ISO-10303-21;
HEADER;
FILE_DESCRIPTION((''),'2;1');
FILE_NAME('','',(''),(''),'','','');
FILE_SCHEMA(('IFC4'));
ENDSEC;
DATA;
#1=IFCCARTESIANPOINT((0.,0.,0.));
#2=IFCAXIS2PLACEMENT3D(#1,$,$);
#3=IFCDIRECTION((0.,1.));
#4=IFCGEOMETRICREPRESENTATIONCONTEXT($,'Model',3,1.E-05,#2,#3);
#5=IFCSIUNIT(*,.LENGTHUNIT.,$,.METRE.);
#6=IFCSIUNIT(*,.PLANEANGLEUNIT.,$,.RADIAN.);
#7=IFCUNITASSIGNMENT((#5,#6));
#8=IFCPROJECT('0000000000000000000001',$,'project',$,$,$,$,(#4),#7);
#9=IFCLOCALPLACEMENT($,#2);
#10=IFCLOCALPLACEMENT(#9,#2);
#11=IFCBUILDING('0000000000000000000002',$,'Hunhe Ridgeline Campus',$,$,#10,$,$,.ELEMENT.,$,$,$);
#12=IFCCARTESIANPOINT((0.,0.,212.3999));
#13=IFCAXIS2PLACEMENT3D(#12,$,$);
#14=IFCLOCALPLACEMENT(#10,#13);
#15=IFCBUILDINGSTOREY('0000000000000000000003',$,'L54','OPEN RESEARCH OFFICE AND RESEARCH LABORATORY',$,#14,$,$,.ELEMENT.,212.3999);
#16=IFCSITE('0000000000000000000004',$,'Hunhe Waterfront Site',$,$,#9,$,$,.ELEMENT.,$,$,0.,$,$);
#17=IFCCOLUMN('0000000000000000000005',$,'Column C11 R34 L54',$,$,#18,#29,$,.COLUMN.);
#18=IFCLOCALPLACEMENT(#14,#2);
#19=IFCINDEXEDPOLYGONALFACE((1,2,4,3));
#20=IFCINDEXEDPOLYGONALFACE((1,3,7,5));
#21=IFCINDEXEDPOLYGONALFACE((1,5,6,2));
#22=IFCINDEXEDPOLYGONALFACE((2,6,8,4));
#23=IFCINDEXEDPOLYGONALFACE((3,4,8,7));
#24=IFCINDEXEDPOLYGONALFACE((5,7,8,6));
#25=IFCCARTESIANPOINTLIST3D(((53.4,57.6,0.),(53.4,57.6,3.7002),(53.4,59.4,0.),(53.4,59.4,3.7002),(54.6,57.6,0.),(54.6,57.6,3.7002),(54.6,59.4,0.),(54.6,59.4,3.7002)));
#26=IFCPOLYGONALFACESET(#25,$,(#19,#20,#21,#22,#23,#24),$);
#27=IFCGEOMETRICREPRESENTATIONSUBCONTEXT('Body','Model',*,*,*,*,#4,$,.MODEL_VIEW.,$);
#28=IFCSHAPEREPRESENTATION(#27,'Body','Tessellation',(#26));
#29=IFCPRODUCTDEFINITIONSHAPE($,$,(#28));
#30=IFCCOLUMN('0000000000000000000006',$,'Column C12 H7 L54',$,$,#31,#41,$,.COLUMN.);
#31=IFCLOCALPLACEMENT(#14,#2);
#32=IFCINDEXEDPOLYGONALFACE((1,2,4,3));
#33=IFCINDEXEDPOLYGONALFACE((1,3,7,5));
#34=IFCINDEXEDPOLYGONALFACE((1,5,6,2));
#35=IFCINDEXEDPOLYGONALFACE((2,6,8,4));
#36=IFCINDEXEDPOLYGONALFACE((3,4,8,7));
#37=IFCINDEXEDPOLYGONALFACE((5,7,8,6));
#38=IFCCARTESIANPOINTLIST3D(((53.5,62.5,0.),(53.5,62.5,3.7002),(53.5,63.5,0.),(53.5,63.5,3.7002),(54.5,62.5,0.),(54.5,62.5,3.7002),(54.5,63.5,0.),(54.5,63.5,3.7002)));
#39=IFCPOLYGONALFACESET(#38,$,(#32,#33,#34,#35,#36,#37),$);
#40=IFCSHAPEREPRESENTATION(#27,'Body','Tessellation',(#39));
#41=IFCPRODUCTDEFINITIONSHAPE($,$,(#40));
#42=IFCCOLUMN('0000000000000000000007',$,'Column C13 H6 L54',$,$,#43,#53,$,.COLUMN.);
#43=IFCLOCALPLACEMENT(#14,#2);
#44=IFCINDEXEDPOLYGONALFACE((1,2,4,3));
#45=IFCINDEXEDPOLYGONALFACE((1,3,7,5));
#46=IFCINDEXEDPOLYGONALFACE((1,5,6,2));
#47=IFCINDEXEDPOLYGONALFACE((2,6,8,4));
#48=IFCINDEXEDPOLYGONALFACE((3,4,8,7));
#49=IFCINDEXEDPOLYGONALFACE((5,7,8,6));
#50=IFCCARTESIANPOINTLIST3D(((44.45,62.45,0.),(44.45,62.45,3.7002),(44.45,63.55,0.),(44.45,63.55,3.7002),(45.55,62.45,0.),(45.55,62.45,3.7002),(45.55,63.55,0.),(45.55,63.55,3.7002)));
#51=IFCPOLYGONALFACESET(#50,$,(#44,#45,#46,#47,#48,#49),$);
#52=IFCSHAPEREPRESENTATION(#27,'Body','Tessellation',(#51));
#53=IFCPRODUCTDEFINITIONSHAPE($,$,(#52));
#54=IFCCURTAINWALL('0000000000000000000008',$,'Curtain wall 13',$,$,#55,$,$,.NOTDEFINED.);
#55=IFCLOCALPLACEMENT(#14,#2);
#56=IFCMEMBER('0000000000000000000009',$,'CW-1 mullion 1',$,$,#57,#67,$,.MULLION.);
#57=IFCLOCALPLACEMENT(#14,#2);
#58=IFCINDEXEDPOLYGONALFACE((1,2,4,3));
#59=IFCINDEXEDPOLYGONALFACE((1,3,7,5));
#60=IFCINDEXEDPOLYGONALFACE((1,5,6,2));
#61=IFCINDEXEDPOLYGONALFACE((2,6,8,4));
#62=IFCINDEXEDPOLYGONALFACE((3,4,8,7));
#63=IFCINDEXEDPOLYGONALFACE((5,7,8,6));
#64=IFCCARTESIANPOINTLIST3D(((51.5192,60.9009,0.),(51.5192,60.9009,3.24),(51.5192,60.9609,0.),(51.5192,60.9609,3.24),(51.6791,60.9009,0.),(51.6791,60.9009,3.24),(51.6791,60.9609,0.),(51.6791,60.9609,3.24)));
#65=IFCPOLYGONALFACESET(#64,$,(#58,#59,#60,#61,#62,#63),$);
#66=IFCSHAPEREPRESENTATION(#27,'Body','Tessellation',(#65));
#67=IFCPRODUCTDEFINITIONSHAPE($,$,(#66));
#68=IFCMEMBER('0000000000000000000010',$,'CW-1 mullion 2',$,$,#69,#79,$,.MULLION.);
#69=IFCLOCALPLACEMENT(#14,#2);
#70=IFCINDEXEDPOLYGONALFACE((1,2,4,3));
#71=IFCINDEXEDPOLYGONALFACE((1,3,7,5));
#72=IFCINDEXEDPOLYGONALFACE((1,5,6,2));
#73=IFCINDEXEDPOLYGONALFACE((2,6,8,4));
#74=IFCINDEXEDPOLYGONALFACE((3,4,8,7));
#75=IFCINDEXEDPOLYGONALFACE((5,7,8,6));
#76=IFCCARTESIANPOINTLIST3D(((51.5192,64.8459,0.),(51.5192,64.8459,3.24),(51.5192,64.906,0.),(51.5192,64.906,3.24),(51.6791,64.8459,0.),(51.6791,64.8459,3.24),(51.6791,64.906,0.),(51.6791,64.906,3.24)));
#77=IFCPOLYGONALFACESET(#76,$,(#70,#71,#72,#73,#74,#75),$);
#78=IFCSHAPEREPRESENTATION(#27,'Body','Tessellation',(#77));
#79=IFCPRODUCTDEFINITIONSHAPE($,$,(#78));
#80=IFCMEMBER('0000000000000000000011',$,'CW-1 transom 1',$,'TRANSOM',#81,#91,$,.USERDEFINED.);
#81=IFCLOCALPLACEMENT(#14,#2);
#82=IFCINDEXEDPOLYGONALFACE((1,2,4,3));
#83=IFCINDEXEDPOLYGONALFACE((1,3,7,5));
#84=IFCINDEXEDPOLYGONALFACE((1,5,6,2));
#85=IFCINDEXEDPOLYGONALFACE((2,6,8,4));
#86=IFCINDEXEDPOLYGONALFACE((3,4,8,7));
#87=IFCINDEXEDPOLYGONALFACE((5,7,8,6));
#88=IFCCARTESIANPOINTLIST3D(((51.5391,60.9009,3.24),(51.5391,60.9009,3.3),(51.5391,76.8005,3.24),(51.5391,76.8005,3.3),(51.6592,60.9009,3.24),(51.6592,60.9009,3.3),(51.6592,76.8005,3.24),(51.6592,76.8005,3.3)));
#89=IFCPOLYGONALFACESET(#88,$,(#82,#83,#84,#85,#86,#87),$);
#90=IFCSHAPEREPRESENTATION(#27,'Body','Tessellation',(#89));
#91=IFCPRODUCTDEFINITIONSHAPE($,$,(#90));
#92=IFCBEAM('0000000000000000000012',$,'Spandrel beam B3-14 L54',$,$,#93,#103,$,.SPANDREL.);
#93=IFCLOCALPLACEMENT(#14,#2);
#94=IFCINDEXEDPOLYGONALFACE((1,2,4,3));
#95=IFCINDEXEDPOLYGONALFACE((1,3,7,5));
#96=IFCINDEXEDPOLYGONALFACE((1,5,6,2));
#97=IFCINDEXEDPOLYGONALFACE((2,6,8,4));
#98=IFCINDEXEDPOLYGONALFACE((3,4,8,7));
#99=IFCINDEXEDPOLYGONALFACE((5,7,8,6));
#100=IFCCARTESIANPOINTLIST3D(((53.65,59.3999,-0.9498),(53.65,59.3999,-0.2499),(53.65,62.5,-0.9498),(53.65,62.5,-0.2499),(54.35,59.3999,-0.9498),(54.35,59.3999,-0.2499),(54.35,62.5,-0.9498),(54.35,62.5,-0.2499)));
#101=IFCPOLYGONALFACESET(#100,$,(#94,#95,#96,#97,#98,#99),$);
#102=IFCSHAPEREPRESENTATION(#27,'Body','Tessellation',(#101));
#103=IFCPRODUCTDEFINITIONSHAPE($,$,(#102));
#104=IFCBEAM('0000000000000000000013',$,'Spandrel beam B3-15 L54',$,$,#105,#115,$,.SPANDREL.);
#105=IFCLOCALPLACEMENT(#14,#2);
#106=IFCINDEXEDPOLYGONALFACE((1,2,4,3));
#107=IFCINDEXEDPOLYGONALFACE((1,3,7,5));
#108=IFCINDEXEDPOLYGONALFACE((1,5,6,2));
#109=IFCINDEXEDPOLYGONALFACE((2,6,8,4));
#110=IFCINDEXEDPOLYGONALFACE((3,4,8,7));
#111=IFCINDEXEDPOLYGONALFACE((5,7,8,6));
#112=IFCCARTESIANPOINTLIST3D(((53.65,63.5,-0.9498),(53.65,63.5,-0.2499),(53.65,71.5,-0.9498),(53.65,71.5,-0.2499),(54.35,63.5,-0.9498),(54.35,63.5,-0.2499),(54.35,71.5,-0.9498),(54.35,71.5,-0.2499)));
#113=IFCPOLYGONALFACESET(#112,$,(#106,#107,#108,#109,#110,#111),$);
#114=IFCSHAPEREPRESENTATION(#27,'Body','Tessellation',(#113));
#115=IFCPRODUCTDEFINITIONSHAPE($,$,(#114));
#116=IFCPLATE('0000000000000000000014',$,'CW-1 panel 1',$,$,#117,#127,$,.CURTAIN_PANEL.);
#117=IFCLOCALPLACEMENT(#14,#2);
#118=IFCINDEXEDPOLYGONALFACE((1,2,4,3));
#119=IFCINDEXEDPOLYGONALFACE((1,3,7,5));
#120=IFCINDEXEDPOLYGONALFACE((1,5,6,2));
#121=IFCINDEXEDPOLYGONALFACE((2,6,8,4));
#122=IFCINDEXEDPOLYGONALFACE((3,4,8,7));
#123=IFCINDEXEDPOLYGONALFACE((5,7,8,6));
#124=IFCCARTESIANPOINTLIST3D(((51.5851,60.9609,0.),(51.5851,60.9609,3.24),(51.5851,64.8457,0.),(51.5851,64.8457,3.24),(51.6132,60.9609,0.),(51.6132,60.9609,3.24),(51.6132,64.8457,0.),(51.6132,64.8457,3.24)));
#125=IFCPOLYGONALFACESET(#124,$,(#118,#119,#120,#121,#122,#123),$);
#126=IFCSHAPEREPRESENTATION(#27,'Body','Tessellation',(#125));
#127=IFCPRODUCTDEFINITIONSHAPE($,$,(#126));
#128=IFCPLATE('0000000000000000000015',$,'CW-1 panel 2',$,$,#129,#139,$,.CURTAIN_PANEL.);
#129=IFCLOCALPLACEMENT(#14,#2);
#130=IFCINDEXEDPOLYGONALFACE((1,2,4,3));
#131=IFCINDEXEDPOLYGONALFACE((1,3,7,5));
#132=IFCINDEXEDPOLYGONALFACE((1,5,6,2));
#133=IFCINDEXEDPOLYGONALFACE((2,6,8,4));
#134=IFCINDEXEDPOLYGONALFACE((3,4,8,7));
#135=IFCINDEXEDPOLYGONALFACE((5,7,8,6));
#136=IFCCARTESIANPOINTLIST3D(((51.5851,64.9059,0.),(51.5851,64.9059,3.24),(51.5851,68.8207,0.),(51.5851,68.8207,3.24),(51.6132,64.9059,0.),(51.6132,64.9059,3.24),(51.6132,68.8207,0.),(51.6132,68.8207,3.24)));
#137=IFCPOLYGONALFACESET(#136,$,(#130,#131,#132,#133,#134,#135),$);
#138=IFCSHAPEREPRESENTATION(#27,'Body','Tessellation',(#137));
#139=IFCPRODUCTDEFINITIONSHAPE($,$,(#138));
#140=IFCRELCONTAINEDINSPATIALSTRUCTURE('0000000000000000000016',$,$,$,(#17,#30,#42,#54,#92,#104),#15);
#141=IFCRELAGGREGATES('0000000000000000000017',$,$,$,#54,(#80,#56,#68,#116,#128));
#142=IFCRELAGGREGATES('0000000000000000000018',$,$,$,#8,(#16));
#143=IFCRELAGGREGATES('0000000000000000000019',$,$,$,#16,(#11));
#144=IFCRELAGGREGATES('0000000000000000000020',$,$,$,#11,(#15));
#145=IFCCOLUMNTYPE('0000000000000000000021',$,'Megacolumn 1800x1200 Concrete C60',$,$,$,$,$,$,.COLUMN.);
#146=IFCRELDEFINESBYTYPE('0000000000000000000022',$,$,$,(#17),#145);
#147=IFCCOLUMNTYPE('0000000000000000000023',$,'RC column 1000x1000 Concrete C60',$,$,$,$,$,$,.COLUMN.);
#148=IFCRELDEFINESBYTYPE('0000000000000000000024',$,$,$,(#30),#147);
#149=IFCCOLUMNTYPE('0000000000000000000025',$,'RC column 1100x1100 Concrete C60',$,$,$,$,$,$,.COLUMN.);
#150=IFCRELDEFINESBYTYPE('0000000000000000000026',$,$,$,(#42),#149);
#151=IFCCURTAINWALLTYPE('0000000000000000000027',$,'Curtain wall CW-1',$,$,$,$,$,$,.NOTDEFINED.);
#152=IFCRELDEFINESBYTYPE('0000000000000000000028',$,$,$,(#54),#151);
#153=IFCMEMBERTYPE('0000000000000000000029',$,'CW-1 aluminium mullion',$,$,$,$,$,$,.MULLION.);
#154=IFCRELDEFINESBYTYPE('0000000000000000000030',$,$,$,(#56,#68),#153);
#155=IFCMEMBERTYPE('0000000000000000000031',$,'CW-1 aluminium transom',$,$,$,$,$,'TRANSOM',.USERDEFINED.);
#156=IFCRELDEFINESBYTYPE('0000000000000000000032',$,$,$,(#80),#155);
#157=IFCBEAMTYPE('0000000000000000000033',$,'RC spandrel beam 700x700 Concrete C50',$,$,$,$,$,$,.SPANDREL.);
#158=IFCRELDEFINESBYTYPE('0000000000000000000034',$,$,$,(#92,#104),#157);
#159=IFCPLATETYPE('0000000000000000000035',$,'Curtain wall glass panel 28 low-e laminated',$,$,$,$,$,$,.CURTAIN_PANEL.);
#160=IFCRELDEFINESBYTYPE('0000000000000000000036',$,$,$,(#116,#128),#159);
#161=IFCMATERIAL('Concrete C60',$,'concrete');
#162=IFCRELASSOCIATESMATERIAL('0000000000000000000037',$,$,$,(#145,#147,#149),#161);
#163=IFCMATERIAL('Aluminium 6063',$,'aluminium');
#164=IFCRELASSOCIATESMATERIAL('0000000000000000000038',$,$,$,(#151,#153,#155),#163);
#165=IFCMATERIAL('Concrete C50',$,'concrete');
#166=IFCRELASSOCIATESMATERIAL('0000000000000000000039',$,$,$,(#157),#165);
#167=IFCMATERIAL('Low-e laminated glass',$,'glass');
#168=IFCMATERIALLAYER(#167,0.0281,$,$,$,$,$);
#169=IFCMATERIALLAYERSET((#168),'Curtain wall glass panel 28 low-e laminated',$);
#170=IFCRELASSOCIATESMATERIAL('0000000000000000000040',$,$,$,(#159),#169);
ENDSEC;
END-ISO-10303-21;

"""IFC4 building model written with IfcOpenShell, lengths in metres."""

from ifc_helpers import new_model, si_unit, direction, frame, origin, origin_2d, place, context, subcontext, project, spatial, rectangle, extrude, material, layer, layer_set, material_profile, profile_set, type_object, element, aggregate, save


model = new_model("IFC4")

# Units and contexts
model_context = context("Model", 3, precision=1e-05, world=origin(), true_north=direction((0.0, 1.0)))
body_context = subcontext(model_context, "Body", "Model", "MODEL_VIEW")
ifc_project = project(units=[si_unit("LENGTHUNIT", "METRE"), si_unit("PLANEANGLEUNIT", "RADIAN")], contexts=[model_context])

# Site, building, storey
site_placement = place(None, origin())
site = spatial("IfcSite", under=ifc_project, at=site_placement, Name="Hunhe Waterfront Site", CompositionType="ELEMENT", RefElevation=0.0)
building_placement = place(site_placement, origin())
building = spatial("IfcBuilding", under=site, at=building_placement, Name="Hunhe Ridgeline Campus", CompositionType="ELEMENT")
storey_placement = place(building_placement, frame((0.0, 0.0, 212.3999)))
storey = spatial("IfcBuildingStorey", under=building, at=storey_placement, Name="L54", Description="OPEN RESEARCH OFFICE AND RESEARCH LABORATORY", CompositionType="ELEMENT", Elevation=212.3999)

# Columns
ifc_material_1 = material(Name="Concrete C60", Category="concrete")
ifc_material_profile_1 = material_profile(ifc_material_1, rectangle(XDim=1.8, YDim=1.2, at=origin_2d()))
ifc_profile_set_1 = profile_set([ifc_material_profile_1], Name="Concrete C60")
column_type_1 = type_object("IfcColumnType", Name="Megacolumn 1800x1200 Concrete C60", PredefinedType="COLUMN", material=ifc_profile_set_1)
column_1_placement = place(storey_placement, frame((54.0, 58.5, 0.0), z_axis=(0.0, 0.0, 1.0), x_axis=(0.0, 1.0, 0.0)))
element("IfcColumn", 1, at=column_1_placement, inside=storey, type_object=column_type_1, Name="Column C11 R34 L54", PredefinedType="COLUMN", context=body_context, shape_type="SweptSolid", body=[
    extrude(rectangle(XDim=1.8, YDim=1.2, at=origin_2d()), origin(), (0.0, 0.0, 1.0), 3.7002),
])
ifc_material_profile_2 = material_profile(ifc_material_1, rectangle(XDim=1.0, YDim=1.0, at=origin_2d()))
ifc_profile_set_2 = profile_set([ifc_material_profile_2], Name="Concrete C60")
column_type_2 = type_object("IfcColumnType", Name="RC column 1000x1000 Concrete C60", PredefinedType="COLUMN", material=ifc_profile_set_2)
column_2_placement = place(storey_placement, frame((54.0, 63.0, 0.0), z_axis=(0.0, 0.0, 1.0), x_axis=(1.0, 0.0, 0.0)))
element("IfcColumn", 2, at=column_2_placement, inside=storey, type_object=column_type_2, Name="Column C12 H7 L54", PredefinedType="COLUMN", context=body_context, shape_type="SweptSolid", body=[
    extrude(rectangle(XDim=1.0, YDim=1.0, at=origin_2d()), origin(), (0.0, 0.0, 1.0), 3.7002),
])
ifc_material_profile_3 = material_profile(ifc_material_1, rectangle(XDim=1.1001, YDim=1.1001, at=origin_2d()))
ifc_profile_set_3 = profile_set([ifc_material_profile_3], Name="Concrete C60")
column_type_3 = type_object("IfcColumnType", Name="RC column 1100x1100 Concrete C60", PredefinedType="COLUMN", material=ifc_profile_set_3)
column_3_placement = place(storey_placement, frame((45.0, 63.0, 0.0), z_axis=(0.0, 0.0, 1.0), x_axis=(1.0, 0.0, 0.0)))
element("IfcColumn", 3, at=column_3_placement, inside=storey, type_object=column_type_3, Name="Column C13 H6 L54", PredefinedType="COLUMN", context=body_context, shape_type="SweptSolid", body=[
    extrude(rectangle(XDim=1.1001, YDim=1.1001, at=origin_2d()), origin(), (0.0, 0.0, 1.0), 3.7002),
])

# Curtain wall, members
ifc_material_2 = material(Name="Aluminium 6063", Category="aluminium")
curtain_wall_type = type_object("IfcCurtainWallType", Name="Curtain wall CW-1", PredefinedType="NOTDEFINED", material=ifc_material_2)
curtain_wall_placement = place(storey_placement, origin())
curtain_wall = element("IfcCurtainWall", 4, at=curtain_wall_placement, inside=storey, type_object=curtain_wall_type, Name="Curtain wall 13", PredefinedType="NOTDEFINED")
ifc_material_profile_4 = material_profile(ifc_material_2, rectangle(XDim=0.1599, YDim=0.0601, at=origin_2d()))
ifc_profile_set_4 = profile_set([ifc_material_profile_4], Name="Aluminium 6063")
member_type_1 = type_object("IfcMemberType", Name="CW-1 aluminium mullion", PredefinedType="MULLION", material=ifc_profile_set_4)
member_1_placement = place(storey_placement, frame((51.5991, 60.9309, 0.0), z_axis=(0.0, 0.0, 1.0), x_axis=(-1.0, 0.0, 0.0)))
member_1 = element("IfcMember", 5, at=member_1_placement, type_object=member_type_1, Name="CW-1 mullion 1", PredefinedType="MULLION", context=body_context, shape_type="SweptSolid", body=[
    extrude(rectangle(XDim=0.1599, YDim=0.0601, at=origin_2d()), origin(), (0.0, 0.0, 1.0), 3.24),
])
member_2_placement = place(storey_placement, frame((51.5991, 64.876, 0.0), z_axis=(0.0, 0.0, 1.0), x_axis=(-1.0, 0.0, 0.0)))
member_2 = element("IfcMember", 6, at=member_2_placement, type_object=member_type_1, Name="CW-1 mullion 2", PredefinedType="MULLION", context=body_context, shape_type="SweptSolid", body=[
    extrude(rectangle(XDim=0.1599, YDim=0.0601, at=origin_2d()), origin(), (0.0, 0.0, 1.0), 3.24),
])
ifc_material_profile_5 = material_profile(ifc_material_2, rectangle(XDim=0.1201, YDim=0.0601, at=origin_2d()))
ifc_profile_set_5 = profile_set([ifc_material_profile_5], Name="Aluminium 6063")
member_type_2 = type_object("IfcMemberType", Name="CW-1 aluminium transom", ElementType="TRANSOM", PredefinedType="USERDEFINED", material=ifc_profile_set_5)
member_3_placement = place(storey_placement, frame((51.5991, 60.9009, 3.27), z_axis=(0.0, 1.0, 0.0), x_axis=(-1.0, 0.0, 0.0)))
member_3 = element("IfcMember", 7, at=member_3_placement, type_object=member_type_2, Name="CW-1 transom 1", ObjectType="TRANSOM", PredefinedType="USERDEFINED", context=body_context, shape_type="SweptSolid", body=[
    extrude(rectangle(XDim=0.1201, YDim=0.0601, at=origin_2d()), origin(), (0.0, 0.0, 1.0), 15.8997),
])

# Beams
ifc_material_3 = material(Name="Concrete C50", Category="concrete")
ifc_material_profile_6 = material_profile(ifc_material_3, rectangle(XDim=0.7, YDim=0.7, at=origin_2d()))
ifc_profile_set_6 = profile_set([ifc_material_profile_6], Name="Concrete C50")
beam_type = type_object("IfcBeamType", Name="RC spandrel beam 700x700 Concrete C50", PredefinedType="SPANDREL", material=ifc_profile_set_6)
beam_1_placement = place(storey_placement, frame((54.0, 59.3999, -0.5999), z_axis=(0.0, 1.0, 0.0), x_axis=(-1.0, 0.0, 0.0)))
element("IfcBeam", 8, at=beam_1_placement, inside=storey, type_object=beam_type, Name="Spandrel beam B3-14 L54", PredefinedType="SPANDREL", context=body_context, shape_type="SweptSolid", body=[
    extrude(rectangle(XDim=0.7, YDim=0.7, at=origin_2d()), origin(), (0.0, 0.0, 1.0), 3.1001),
])
beam_2_placement = place(storey_placement, frame((54.0, 63.5, -0.5999), z_axis=(0.0, 1.0, 0.0), x_axis=(-1.0, 0.0, 0.0)))
element("IfcBeam", 9, at=beam_2_placement, inside=storey, type_object=beam_type, Name="Spandrel beam B3-15 L54", PredefinedType="SPANDREL", context=body_context, shape_type="SweptSolid", body=[
    extrude(rectangle(XDim=0.7, YDim=0.7, at=origin_2d()), origin(), (0.0, 0.0, 1.0), 8.0),
])

# Plates
ifc_material_4 = material(Name="Low-e laminated glass", Category="glass")
ifc_layer_1 = layer(ifc_material_4, 0.0281)
ifc_layer_set_1 = layer_set([ifc_layer_1], Name="Curtain wall glass panel 28 low-e laminated")
plate_type = type_object("IfcPlateType", Name="Curtain wall glass panel 28 low-e laminated", PredefinedType="CURTAIN_PANEL", material=ifc_layer_set_1)
plate_1_placement = place(storey_placement, frame((51.5991, 62.9033, 0.0), z_axis=(0.0, 0.0, 1.0), x_axis=(0.0, 1.0, 0.0)))
plate_1 = element("IfcPlate", 10, at=plate_1_placement, type_object=plate_type, Name="CW-1 panel 1", PredefinedType="CURTAIN_PANEL", context=body_context, shape_type="SweptSolid", body=[
    extrude(rectangle(XDim=3.8848, YDim=0.0281, at=origin_2d()), origin(), (0.0, 0.0, 1.0), 3.24),
])
plate_2_placement = place(storey_placement, frame((51.5991, 66.8633, 0.0), z_axis=(0.0, 0.0, 1.0), x_axis=(0.0, 1.0, 0.0)))
plate_2 = element("IfcPlate", 11, at=plate_2_placement, type_object=plate_type, Name="CW-1 panel 2", PredefinedType="CURTAIN_PANEL", context=body_context, shape_type="SweptSolid", body=[
    extrude(rectangle(XDim=3.9148, YDim=0.0281, at=origin_2d()), origin(), (0.0, 0.0, 1.0), 3.24),
])
aggregate(curtain_wall, [member_3, member_1, member_2, plate_1, plate_2])

save(model, "model.ifc")
